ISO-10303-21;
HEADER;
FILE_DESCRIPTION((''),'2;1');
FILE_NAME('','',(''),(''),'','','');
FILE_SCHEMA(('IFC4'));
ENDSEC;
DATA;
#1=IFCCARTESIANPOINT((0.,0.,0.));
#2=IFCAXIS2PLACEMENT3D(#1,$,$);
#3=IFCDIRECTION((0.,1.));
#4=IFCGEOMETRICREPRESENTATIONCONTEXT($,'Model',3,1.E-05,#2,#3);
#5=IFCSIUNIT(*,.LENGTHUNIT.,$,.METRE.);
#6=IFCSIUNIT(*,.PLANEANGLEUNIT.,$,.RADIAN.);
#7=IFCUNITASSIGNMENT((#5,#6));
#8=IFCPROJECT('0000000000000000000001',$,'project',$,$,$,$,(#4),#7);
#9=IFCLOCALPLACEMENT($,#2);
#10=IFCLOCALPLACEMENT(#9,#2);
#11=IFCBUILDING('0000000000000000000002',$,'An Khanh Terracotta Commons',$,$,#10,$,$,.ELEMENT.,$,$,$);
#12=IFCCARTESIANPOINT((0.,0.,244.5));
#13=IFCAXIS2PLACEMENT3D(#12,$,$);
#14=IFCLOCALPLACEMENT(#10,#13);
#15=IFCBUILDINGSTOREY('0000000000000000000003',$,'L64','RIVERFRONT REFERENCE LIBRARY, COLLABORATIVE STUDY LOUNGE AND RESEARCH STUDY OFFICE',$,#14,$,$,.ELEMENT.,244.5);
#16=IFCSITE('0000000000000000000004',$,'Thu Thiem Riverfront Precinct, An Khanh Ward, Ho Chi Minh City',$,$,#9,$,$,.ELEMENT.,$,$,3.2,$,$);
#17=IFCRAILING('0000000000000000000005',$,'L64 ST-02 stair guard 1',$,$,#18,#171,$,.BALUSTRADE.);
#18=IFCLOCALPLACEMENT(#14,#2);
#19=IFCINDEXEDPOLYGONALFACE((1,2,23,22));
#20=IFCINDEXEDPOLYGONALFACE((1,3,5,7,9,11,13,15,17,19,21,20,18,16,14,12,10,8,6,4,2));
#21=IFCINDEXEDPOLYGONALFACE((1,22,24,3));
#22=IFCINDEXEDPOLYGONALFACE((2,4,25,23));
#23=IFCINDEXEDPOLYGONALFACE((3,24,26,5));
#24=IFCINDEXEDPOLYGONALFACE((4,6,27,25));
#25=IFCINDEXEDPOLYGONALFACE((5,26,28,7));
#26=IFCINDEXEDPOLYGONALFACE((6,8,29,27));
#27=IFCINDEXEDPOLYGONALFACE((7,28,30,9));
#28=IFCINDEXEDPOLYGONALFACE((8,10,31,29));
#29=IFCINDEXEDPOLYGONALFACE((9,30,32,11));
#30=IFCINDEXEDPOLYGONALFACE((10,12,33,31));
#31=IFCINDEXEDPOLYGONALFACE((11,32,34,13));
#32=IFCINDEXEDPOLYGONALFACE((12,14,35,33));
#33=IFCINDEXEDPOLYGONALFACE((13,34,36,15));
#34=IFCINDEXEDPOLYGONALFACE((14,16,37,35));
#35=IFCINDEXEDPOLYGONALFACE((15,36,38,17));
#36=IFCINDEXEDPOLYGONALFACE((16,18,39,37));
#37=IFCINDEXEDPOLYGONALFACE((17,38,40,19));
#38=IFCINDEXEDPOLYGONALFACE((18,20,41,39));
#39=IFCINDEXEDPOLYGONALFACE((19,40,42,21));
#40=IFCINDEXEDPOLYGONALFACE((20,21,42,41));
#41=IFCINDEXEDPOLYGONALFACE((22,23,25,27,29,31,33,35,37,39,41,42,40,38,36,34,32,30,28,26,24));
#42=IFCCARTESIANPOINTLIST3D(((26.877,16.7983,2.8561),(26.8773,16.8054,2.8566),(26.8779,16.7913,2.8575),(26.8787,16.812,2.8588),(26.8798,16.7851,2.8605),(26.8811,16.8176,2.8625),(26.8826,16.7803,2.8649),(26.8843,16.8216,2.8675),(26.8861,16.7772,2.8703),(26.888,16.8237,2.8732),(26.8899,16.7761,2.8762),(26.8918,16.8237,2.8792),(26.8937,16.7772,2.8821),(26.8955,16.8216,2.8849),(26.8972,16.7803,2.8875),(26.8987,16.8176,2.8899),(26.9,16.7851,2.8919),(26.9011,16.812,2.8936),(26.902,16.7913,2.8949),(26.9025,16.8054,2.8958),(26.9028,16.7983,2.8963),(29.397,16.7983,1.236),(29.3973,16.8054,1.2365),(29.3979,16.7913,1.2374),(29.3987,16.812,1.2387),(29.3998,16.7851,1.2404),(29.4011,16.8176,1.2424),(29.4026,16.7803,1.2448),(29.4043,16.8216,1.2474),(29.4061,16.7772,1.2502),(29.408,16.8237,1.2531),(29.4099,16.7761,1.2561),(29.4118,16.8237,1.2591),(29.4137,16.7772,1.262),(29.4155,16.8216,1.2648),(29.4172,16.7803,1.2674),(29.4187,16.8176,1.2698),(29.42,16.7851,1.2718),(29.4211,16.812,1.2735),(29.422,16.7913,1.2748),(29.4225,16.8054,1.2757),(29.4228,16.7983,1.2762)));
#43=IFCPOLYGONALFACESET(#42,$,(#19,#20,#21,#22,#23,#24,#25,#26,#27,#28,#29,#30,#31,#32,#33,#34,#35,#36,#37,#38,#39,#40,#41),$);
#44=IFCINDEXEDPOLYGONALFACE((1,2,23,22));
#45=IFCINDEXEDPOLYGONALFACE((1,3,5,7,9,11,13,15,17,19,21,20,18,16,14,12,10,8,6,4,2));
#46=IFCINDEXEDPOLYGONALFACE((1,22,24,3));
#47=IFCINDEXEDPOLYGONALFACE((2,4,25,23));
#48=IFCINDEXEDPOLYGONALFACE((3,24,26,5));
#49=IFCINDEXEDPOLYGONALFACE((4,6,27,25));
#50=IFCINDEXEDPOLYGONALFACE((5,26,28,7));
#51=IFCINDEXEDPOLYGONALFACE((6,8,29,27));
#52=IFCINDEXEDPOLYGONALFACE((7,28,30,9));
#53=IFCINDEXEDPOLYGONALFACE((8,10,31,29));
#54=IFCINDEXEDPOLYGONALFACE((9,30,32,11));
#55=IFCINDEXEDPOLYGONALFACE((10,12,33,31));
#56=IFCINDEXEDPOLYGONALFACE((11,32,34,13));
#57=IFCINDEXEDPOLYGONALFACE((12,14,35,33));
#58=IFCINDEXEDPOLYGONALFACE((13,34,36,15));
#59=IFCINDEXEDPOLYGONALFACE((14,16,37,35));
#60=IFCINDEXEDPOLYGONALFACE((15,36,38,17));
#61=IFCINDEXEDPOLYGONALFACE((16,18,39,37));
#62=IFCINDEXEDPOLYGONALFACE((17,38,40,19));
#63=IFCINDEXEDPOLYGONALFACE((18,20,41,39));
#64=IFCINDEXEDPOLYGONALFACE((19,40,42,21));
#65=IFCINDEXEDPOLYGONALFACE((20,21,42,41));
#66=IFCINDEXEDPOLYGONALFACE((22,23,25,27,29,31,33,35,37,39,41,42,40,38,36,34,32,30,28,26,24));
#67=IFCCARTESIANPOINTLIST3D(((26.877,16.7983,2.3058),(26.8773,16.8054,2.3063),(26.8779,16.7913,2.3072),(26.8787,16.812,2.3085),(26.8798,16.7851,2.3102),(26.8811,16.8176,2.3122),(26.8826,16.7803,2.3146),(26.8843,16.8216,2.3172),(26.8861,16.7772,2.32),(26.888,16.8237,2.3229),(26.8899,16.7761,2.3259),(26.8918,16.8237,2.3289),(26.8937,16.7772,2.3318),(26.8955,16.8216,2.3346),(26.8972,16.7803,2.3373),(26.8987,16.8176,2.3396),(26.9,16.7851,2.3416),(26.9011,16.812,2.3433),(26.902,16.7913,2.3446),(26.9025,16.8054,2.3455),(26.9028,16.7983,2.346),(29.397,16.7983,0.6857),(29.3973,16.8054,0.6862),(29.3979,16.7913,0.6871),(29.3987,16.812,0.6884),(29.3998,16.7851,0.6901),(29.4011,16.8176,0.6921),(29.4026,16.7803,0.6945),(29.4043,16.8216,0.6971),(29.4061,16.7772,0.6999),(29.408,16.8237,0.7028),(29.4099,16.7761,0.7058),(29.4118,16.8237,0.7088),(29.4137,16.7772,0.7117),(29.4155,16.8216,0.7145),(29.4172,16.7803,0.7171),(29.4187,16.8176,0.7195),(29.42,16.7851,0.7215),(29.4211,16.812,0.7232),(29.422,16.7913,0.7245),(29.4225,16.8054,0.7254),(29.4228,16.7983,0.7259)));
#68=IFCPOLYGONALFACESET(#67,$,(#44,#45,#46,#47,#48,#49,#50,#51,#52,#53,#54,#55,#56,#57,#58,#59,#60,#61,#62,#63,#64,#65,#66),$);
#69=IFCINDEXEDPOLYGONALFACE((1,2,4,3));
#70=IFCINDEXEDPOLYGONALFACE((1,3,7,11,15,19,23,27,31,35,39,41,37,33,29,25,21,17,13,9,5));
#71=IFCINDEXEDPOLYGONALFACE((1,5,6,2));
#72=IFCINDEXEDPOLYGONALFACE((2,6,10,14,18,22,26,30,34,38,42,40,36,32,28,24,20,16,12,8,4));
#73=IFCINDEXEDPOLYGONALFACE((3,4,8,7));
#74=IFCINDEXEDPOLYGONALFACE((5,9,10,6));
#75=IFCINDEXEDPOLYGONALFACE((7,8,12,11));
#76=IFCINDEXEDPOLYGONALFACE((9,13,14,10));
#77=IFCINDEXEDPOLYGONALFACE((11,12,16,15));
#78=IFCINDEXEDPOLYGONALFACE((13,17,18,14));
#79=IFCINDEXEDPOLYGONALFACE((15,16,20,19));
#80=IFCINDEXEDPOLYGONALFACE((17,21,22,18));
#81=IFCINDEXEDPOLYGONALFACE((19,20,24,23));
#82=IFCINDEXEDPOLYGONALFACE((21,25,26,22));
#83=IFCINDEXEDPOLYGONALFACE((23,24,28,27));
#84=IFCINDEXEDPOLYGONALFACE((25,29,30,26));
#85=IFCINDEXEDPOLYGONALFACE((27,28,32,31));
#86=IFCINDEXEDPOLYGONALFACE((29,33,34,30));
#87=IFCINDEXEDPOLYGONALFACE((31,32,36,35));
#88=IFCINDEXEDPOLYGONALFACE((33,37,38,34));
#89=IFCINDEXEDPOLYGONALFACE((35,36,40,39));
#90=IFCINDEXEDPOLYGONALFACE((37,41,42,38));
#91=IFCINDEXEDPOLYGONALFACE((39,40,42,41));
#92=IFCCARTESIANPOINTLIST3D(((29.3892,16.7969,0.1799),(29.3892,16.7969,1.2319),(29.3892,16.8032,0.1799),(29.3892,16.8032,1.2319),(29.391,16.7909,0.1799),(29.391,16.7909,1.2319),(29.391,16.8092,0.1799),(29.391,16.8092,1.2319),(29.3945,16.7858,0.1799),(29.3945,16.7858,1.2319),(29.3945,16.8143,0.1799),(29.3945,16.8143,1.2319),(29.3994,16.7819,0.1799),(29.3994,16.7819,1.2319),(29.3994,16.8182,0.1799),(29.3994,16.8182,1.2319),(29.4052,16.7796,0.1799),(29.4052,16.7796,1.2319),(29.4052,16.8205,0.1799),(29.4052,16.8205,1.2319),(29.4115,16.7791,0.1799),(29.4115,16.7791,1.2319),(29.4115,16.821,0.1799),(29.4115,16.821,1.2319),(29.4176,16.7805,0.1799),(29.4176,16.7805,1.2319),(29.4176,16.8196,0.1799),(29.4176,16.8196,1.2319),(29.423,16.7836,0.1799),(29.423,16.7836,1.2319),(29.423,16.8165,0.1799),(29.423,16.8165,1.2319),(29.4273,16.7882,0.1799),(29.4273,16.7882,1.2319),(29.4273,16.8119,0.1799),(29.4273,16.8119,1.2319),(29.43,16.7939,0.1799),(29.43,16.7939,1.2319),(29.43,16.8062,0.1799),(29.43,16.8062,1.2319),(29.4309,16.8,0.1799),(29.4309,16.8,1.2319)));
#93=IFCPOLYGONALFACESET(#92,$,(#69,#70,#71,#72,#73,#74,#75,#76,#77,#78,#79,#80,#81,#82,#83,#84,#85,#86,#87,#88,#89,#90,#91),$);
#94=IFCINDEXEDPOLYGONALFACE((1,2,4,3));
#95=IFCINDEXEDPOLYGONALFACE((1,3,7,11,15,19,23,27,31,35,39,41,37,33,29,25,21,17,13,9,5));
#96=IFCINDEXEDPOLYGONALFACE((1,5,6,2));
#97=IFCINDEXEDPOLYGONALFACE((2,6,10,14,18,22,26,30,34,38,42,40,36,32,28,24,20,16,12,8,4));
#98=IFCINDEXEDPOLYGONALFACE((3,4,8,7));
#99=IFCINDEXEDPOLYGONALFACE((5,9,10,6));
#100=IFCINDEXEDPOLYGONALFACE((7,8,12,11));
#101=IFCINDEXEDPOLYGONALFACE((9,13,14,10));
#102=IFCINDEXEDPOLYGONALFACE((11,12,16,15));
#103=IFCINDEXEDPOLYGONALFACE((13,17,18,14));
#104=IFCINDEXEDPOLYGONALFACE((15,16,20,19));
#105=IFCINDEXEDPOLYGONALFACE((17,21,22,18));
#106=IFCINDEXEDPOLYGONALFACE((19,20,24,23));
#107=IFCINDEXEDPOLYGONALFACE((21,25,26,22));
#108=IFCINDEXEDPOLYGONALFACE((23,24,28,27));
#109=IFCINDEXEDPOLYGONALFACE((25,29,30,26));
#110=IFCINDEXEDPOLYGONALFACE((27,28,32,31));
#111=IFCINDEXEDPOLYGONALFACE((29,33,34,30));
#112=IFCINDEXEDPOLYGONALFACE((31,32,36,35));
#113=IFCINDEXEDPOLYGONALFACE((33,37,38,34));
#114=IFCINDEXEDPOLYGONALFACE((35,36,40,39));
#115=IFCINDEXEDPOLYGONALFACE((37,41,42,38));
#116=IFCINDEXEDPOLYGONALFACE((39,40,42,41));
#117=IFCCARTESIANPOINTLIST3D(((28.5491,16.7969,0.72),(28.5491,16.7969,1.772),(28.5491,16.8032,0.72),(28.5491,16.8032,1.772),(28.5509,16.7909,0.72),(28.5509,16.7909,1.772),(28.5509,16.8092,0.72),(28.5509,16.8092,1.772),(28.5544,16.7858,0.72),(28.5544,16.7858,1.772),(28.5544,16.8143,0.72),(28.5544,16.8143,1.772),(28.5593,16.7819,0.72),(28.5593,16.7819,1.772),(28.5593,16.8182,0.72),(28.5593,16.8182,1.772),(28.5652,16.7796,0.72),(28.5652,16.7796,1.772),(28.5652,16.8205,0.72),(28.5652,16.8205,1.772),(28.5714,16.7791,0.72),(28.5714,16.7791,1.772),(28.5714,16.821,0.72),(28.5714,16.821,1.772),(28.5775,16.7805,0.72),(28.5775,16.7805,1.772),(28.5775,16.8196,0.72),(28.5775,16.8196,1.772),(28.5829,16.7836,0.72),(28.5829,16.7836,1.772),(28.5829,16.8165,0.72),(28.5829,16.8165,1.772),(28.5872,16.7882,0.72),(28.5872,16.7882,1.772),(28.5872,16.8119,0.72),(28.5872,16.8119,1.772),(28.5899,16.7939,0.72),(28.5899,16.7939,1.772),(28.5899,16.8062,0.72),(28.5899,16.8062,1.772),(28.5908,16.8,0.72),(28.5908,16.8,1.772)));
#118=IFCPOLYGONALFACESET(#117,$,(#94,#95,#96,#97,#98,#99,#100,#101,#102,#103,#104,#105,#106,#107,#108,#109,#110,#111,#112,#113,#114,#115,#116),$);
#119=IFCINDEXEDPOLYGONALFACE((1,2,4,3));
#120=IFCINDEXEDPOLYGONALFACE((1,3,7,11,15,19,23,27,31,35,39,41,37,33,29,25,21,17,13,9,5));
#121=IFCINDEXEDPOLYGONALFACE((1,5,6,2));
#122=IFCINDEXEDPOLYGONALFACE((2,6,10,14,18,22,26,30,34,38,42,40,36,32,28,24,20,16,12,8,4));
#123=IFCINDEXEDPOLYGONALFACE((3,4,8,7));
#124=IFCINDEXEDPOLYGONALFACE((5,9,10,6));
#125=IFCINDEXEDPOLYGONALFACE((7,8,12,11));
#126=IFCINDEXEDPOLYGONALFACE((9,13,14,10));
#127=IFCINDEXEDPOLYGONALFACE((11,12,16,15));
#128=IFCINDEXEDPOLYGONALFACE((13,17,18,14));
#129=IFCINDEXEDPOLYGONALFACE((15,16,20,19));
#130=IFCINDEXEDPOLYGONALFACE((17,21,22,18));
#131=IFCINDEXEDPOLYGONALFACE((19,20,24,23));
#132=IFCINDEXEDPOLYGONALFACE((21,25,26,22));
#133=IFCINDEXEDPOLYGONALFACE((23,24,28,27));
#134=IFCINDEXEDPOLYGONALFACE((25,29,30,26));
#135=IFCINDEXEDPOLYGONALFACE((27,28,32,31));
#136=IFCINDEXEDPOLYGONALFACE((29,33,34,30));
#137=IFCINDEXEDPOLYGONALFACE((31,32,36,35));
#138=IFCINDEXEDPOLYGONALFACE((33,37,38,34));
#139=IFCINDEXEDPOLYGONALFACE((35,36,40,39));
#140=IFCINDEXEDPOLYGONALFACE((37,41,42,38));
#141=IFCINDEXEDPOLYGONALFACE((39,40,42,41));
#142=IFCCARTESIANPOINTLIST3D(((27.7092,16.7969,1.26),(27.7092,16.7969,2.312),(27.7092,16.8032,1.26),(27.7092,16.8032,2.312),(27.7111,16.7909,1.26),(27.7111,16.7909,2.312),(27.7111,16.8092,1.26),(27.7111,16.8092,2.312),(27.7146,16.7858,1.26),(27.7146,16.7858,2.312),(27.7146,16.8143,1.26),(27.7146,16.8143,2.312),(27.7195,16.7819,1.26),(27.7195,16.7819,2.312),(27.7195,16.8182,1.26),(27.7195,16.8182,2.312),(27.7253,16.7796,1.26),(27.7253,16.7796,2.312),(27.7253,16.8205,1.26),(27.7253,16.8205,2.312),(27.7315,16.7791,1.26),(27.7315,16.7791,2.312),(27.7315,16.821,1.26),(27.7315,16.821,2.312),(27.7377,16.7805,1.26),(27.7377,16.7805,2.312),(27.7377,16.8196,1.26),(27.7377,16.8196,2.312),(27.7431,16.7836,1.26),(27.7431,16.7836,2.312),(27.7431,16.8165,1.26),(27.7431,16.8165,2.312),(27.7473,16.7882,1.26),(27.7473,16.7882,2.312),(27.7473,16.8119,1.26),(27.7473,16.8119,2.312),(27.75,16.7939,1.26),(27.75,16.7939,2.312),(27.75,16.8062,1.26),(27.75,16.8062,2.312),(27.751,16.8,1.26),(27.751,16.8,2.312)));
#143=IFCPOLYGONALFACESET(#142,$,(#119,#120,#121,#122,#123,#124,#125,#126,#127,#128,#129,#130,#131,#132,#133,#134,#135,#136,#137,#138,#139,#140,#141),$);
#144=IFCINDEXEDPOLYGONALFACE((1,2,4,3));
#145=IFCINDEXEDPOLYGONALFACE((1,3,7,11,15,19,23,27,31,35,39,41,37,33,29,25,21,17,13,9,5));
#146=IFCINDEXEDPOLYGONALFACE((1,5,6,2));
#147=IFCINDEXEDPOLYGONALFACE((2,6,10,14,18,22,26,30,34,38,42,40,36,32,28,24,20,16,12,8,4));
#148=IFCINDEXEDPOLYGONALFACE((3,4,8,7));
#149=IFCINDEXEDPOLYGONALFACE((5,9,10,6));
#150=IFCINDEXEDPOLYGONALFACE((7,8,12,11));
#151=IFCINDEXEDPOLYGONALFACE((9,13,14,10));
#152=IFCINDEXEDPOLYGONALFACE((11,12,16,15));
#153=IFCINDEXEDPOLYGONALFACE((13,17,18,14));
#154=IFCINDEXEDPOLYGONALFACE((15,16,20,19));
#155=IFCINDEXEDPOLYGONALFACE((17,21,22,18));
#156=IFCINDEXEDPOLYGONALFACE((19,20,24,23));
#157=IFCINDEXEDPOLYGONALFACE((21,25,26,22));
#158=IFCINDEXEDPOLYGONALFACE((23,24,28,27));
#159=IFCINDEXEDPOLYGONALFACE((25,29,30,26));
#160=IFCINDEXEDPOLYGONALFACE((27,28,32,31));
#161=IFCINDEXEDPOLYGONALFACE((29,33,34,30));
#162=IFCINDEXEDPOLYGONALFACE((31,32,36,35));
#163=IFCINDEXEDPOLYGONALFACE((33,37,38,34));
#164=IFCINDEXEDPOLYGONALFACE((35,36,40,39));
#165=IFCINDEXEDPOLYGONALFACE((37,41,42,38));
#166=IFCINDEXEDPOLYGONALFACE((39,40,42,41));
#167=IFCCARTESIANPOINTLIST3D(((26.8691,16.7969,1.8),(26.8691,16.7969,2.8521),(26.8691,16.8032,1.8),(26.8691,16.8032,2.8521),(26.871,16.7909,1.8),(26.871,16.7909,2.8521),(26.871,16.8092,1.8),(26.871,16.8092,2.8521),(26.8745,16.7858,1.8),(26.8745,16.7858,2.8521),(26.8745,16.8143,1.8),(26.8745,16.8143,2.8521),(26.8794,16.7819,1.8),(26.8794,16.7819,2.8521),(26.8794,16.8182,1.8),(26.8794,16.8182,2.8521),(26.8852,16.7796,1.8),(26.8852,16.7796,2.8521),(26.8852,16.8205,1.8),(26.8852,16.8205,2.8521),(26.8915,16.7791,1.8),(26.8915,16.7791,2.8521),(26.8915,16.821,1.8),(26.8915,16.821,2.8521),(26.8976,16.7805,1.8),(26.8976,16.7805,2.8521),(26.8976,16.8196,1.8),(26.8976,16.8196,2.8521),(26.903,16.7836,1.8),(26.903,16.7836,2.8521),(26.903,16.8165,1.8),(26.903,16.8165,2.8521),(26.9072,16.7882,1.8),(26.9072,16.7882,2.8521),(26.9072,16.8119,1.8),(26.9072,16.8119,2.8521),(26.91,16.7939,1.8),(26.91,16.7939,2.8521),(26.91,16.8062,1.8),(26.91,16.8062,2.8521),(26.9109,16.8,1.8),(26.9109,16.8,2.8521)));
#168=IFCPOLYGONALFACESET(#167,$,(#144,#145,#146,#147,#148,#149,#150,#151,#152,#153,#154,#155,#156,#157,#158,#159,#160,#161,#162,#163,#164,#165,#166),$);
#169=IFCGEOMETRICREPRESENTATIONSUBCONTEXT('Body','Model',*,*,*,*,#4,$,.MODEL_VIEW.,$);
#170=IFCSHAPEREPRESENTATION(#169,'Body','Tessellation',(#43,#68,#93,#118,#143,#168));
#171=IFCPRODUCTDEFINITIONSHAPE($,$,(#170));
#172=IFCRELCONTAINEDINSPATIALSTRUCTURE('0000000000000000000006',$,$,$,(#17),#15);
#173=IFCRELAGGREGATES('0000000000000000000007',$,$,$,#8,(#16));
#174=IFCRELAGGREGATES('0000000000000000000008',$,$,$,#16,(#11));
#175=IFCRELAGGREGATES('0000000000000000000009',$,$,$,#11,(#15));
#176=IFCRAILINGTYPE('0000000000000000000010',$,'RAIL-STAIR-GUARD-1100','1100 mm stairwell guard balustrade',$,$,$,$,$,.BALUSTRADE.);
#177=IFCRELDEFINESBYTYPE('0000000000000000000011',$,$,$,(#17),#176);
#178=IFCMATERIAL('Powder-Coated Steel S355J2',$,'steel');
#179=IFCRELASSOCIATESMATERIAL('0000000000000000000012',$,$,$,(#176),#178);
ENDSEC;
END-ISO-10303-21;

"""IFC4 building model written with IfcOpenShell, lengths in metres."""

from ifc_helpers import new_model, si_unit, direction, frame, origin, origin_2d, place, context, subcontext, project, spatial, circle, extrude, material, type_object, element, save


model = new_model("IFC4")

# Units and contexts
model_context = context("Model", 3, precision=1e-05, world=origin(), true_north=direction((0.0, 1.0)))
body_context = subcontext(model_context, "Body", "Model", "MODEL_VIEW")
ifc_project = project(units=[si_unit("LENGTHUNIT", "METRE"), si_unit("PLANEANGLEUNIT", "RADIAN")], contexts=[model_context])

# Site, building, storey
site_placement = place(None, origin())
site = spatial("IfcSite", under=ifc_project, at=site_placement, Name="Thu Thiem Riverfront Precinct, An Khanh Ward, Ho Chi Minh City", CompositionType="ELEMENT", RefElevation=3.2)
building_placement = place(site_placement, origin())
building = spatial("IfcBuilding", under=site, at=building_placement, Name="An Khanh Terracotta Commons", CompositionType="ELEMENT")
storey_placement = place(building_placement, frame((0.0, 0.0, 244.5)))
storey = spatial("IfcBuildingStorey", under=building, at=storey_placement, Name="L64", Description="RIVERFRONT REFERENCE LIBRARY, COLLABORATIVE STUDY LOUNGE AND RESEARCH STUDY OFFICE", CompositionType="ELEMENT", Elevation=244.5)

# Railing
ifc_material_1 = material(Name="Powder-Coated Steel S355J2", Category="steel")
railing_type_1 = type_object("IfcRailingType", Name="RAIL-STAIR-GUARD-1100", Description="1100 mm stairwell guard balustrade", PredefinedType="BALUSTRADE", material=ifc_material_1)
railing_1_placement = place(storey_placement, frame((29.4099, 16.8, 0.1799)))
element("IfcRailing", 1, at=railing_1_placement, inside=storey, type_object=railing_type_1, Name="L64 ST-02 stair guard 1", PredefinedType="BALUSTRADE", context=body_context, shape_type="SweptSolid", body=[
    extrude(circle(Radius=0.0239, at=origin_2d()), frame((0.0, 0.0, 1.0762), z_axis=(-0.841163, 0.0, 0.540782), x_axis=(0.0, -1.0, 0.0)), (0.0, 0.0, 1.0), 2.9958),
    extrude(circle(Radius=0.0239, at=origin_2d()), frame((0.0, 0.0, 0.5259), z_axis=(-0.841163, 0.0, 0.540782), x_axis=(0.0, -1.0, 0.0)), (0.0, 0.0, 1.0), 2.9958),
    extrude(circle(Radius=0.021, at=origin_2d()), origin(), (0.0, 0.0, 1.0), 1.052),
    extrude(circle(Radius=0.021, at=origin_2d()), frame((-0.8401, 0.0, 0.54)), (0.0, 0.0, 1.0), 1.052),
    extrude(circle(Radius=0.021, at=origin_2d()), frame((-1.6799, 0.0, 1.0801)), (0.0, 0.0, 1.0), 1.052),
    extrude(circle(Radius=0.021, at=origin_2d()), frame((-2.52, 0.0, 1.6201)), (0.0, 0.0, 1.0), 1.052),
])

save(model, "model.ifc")
